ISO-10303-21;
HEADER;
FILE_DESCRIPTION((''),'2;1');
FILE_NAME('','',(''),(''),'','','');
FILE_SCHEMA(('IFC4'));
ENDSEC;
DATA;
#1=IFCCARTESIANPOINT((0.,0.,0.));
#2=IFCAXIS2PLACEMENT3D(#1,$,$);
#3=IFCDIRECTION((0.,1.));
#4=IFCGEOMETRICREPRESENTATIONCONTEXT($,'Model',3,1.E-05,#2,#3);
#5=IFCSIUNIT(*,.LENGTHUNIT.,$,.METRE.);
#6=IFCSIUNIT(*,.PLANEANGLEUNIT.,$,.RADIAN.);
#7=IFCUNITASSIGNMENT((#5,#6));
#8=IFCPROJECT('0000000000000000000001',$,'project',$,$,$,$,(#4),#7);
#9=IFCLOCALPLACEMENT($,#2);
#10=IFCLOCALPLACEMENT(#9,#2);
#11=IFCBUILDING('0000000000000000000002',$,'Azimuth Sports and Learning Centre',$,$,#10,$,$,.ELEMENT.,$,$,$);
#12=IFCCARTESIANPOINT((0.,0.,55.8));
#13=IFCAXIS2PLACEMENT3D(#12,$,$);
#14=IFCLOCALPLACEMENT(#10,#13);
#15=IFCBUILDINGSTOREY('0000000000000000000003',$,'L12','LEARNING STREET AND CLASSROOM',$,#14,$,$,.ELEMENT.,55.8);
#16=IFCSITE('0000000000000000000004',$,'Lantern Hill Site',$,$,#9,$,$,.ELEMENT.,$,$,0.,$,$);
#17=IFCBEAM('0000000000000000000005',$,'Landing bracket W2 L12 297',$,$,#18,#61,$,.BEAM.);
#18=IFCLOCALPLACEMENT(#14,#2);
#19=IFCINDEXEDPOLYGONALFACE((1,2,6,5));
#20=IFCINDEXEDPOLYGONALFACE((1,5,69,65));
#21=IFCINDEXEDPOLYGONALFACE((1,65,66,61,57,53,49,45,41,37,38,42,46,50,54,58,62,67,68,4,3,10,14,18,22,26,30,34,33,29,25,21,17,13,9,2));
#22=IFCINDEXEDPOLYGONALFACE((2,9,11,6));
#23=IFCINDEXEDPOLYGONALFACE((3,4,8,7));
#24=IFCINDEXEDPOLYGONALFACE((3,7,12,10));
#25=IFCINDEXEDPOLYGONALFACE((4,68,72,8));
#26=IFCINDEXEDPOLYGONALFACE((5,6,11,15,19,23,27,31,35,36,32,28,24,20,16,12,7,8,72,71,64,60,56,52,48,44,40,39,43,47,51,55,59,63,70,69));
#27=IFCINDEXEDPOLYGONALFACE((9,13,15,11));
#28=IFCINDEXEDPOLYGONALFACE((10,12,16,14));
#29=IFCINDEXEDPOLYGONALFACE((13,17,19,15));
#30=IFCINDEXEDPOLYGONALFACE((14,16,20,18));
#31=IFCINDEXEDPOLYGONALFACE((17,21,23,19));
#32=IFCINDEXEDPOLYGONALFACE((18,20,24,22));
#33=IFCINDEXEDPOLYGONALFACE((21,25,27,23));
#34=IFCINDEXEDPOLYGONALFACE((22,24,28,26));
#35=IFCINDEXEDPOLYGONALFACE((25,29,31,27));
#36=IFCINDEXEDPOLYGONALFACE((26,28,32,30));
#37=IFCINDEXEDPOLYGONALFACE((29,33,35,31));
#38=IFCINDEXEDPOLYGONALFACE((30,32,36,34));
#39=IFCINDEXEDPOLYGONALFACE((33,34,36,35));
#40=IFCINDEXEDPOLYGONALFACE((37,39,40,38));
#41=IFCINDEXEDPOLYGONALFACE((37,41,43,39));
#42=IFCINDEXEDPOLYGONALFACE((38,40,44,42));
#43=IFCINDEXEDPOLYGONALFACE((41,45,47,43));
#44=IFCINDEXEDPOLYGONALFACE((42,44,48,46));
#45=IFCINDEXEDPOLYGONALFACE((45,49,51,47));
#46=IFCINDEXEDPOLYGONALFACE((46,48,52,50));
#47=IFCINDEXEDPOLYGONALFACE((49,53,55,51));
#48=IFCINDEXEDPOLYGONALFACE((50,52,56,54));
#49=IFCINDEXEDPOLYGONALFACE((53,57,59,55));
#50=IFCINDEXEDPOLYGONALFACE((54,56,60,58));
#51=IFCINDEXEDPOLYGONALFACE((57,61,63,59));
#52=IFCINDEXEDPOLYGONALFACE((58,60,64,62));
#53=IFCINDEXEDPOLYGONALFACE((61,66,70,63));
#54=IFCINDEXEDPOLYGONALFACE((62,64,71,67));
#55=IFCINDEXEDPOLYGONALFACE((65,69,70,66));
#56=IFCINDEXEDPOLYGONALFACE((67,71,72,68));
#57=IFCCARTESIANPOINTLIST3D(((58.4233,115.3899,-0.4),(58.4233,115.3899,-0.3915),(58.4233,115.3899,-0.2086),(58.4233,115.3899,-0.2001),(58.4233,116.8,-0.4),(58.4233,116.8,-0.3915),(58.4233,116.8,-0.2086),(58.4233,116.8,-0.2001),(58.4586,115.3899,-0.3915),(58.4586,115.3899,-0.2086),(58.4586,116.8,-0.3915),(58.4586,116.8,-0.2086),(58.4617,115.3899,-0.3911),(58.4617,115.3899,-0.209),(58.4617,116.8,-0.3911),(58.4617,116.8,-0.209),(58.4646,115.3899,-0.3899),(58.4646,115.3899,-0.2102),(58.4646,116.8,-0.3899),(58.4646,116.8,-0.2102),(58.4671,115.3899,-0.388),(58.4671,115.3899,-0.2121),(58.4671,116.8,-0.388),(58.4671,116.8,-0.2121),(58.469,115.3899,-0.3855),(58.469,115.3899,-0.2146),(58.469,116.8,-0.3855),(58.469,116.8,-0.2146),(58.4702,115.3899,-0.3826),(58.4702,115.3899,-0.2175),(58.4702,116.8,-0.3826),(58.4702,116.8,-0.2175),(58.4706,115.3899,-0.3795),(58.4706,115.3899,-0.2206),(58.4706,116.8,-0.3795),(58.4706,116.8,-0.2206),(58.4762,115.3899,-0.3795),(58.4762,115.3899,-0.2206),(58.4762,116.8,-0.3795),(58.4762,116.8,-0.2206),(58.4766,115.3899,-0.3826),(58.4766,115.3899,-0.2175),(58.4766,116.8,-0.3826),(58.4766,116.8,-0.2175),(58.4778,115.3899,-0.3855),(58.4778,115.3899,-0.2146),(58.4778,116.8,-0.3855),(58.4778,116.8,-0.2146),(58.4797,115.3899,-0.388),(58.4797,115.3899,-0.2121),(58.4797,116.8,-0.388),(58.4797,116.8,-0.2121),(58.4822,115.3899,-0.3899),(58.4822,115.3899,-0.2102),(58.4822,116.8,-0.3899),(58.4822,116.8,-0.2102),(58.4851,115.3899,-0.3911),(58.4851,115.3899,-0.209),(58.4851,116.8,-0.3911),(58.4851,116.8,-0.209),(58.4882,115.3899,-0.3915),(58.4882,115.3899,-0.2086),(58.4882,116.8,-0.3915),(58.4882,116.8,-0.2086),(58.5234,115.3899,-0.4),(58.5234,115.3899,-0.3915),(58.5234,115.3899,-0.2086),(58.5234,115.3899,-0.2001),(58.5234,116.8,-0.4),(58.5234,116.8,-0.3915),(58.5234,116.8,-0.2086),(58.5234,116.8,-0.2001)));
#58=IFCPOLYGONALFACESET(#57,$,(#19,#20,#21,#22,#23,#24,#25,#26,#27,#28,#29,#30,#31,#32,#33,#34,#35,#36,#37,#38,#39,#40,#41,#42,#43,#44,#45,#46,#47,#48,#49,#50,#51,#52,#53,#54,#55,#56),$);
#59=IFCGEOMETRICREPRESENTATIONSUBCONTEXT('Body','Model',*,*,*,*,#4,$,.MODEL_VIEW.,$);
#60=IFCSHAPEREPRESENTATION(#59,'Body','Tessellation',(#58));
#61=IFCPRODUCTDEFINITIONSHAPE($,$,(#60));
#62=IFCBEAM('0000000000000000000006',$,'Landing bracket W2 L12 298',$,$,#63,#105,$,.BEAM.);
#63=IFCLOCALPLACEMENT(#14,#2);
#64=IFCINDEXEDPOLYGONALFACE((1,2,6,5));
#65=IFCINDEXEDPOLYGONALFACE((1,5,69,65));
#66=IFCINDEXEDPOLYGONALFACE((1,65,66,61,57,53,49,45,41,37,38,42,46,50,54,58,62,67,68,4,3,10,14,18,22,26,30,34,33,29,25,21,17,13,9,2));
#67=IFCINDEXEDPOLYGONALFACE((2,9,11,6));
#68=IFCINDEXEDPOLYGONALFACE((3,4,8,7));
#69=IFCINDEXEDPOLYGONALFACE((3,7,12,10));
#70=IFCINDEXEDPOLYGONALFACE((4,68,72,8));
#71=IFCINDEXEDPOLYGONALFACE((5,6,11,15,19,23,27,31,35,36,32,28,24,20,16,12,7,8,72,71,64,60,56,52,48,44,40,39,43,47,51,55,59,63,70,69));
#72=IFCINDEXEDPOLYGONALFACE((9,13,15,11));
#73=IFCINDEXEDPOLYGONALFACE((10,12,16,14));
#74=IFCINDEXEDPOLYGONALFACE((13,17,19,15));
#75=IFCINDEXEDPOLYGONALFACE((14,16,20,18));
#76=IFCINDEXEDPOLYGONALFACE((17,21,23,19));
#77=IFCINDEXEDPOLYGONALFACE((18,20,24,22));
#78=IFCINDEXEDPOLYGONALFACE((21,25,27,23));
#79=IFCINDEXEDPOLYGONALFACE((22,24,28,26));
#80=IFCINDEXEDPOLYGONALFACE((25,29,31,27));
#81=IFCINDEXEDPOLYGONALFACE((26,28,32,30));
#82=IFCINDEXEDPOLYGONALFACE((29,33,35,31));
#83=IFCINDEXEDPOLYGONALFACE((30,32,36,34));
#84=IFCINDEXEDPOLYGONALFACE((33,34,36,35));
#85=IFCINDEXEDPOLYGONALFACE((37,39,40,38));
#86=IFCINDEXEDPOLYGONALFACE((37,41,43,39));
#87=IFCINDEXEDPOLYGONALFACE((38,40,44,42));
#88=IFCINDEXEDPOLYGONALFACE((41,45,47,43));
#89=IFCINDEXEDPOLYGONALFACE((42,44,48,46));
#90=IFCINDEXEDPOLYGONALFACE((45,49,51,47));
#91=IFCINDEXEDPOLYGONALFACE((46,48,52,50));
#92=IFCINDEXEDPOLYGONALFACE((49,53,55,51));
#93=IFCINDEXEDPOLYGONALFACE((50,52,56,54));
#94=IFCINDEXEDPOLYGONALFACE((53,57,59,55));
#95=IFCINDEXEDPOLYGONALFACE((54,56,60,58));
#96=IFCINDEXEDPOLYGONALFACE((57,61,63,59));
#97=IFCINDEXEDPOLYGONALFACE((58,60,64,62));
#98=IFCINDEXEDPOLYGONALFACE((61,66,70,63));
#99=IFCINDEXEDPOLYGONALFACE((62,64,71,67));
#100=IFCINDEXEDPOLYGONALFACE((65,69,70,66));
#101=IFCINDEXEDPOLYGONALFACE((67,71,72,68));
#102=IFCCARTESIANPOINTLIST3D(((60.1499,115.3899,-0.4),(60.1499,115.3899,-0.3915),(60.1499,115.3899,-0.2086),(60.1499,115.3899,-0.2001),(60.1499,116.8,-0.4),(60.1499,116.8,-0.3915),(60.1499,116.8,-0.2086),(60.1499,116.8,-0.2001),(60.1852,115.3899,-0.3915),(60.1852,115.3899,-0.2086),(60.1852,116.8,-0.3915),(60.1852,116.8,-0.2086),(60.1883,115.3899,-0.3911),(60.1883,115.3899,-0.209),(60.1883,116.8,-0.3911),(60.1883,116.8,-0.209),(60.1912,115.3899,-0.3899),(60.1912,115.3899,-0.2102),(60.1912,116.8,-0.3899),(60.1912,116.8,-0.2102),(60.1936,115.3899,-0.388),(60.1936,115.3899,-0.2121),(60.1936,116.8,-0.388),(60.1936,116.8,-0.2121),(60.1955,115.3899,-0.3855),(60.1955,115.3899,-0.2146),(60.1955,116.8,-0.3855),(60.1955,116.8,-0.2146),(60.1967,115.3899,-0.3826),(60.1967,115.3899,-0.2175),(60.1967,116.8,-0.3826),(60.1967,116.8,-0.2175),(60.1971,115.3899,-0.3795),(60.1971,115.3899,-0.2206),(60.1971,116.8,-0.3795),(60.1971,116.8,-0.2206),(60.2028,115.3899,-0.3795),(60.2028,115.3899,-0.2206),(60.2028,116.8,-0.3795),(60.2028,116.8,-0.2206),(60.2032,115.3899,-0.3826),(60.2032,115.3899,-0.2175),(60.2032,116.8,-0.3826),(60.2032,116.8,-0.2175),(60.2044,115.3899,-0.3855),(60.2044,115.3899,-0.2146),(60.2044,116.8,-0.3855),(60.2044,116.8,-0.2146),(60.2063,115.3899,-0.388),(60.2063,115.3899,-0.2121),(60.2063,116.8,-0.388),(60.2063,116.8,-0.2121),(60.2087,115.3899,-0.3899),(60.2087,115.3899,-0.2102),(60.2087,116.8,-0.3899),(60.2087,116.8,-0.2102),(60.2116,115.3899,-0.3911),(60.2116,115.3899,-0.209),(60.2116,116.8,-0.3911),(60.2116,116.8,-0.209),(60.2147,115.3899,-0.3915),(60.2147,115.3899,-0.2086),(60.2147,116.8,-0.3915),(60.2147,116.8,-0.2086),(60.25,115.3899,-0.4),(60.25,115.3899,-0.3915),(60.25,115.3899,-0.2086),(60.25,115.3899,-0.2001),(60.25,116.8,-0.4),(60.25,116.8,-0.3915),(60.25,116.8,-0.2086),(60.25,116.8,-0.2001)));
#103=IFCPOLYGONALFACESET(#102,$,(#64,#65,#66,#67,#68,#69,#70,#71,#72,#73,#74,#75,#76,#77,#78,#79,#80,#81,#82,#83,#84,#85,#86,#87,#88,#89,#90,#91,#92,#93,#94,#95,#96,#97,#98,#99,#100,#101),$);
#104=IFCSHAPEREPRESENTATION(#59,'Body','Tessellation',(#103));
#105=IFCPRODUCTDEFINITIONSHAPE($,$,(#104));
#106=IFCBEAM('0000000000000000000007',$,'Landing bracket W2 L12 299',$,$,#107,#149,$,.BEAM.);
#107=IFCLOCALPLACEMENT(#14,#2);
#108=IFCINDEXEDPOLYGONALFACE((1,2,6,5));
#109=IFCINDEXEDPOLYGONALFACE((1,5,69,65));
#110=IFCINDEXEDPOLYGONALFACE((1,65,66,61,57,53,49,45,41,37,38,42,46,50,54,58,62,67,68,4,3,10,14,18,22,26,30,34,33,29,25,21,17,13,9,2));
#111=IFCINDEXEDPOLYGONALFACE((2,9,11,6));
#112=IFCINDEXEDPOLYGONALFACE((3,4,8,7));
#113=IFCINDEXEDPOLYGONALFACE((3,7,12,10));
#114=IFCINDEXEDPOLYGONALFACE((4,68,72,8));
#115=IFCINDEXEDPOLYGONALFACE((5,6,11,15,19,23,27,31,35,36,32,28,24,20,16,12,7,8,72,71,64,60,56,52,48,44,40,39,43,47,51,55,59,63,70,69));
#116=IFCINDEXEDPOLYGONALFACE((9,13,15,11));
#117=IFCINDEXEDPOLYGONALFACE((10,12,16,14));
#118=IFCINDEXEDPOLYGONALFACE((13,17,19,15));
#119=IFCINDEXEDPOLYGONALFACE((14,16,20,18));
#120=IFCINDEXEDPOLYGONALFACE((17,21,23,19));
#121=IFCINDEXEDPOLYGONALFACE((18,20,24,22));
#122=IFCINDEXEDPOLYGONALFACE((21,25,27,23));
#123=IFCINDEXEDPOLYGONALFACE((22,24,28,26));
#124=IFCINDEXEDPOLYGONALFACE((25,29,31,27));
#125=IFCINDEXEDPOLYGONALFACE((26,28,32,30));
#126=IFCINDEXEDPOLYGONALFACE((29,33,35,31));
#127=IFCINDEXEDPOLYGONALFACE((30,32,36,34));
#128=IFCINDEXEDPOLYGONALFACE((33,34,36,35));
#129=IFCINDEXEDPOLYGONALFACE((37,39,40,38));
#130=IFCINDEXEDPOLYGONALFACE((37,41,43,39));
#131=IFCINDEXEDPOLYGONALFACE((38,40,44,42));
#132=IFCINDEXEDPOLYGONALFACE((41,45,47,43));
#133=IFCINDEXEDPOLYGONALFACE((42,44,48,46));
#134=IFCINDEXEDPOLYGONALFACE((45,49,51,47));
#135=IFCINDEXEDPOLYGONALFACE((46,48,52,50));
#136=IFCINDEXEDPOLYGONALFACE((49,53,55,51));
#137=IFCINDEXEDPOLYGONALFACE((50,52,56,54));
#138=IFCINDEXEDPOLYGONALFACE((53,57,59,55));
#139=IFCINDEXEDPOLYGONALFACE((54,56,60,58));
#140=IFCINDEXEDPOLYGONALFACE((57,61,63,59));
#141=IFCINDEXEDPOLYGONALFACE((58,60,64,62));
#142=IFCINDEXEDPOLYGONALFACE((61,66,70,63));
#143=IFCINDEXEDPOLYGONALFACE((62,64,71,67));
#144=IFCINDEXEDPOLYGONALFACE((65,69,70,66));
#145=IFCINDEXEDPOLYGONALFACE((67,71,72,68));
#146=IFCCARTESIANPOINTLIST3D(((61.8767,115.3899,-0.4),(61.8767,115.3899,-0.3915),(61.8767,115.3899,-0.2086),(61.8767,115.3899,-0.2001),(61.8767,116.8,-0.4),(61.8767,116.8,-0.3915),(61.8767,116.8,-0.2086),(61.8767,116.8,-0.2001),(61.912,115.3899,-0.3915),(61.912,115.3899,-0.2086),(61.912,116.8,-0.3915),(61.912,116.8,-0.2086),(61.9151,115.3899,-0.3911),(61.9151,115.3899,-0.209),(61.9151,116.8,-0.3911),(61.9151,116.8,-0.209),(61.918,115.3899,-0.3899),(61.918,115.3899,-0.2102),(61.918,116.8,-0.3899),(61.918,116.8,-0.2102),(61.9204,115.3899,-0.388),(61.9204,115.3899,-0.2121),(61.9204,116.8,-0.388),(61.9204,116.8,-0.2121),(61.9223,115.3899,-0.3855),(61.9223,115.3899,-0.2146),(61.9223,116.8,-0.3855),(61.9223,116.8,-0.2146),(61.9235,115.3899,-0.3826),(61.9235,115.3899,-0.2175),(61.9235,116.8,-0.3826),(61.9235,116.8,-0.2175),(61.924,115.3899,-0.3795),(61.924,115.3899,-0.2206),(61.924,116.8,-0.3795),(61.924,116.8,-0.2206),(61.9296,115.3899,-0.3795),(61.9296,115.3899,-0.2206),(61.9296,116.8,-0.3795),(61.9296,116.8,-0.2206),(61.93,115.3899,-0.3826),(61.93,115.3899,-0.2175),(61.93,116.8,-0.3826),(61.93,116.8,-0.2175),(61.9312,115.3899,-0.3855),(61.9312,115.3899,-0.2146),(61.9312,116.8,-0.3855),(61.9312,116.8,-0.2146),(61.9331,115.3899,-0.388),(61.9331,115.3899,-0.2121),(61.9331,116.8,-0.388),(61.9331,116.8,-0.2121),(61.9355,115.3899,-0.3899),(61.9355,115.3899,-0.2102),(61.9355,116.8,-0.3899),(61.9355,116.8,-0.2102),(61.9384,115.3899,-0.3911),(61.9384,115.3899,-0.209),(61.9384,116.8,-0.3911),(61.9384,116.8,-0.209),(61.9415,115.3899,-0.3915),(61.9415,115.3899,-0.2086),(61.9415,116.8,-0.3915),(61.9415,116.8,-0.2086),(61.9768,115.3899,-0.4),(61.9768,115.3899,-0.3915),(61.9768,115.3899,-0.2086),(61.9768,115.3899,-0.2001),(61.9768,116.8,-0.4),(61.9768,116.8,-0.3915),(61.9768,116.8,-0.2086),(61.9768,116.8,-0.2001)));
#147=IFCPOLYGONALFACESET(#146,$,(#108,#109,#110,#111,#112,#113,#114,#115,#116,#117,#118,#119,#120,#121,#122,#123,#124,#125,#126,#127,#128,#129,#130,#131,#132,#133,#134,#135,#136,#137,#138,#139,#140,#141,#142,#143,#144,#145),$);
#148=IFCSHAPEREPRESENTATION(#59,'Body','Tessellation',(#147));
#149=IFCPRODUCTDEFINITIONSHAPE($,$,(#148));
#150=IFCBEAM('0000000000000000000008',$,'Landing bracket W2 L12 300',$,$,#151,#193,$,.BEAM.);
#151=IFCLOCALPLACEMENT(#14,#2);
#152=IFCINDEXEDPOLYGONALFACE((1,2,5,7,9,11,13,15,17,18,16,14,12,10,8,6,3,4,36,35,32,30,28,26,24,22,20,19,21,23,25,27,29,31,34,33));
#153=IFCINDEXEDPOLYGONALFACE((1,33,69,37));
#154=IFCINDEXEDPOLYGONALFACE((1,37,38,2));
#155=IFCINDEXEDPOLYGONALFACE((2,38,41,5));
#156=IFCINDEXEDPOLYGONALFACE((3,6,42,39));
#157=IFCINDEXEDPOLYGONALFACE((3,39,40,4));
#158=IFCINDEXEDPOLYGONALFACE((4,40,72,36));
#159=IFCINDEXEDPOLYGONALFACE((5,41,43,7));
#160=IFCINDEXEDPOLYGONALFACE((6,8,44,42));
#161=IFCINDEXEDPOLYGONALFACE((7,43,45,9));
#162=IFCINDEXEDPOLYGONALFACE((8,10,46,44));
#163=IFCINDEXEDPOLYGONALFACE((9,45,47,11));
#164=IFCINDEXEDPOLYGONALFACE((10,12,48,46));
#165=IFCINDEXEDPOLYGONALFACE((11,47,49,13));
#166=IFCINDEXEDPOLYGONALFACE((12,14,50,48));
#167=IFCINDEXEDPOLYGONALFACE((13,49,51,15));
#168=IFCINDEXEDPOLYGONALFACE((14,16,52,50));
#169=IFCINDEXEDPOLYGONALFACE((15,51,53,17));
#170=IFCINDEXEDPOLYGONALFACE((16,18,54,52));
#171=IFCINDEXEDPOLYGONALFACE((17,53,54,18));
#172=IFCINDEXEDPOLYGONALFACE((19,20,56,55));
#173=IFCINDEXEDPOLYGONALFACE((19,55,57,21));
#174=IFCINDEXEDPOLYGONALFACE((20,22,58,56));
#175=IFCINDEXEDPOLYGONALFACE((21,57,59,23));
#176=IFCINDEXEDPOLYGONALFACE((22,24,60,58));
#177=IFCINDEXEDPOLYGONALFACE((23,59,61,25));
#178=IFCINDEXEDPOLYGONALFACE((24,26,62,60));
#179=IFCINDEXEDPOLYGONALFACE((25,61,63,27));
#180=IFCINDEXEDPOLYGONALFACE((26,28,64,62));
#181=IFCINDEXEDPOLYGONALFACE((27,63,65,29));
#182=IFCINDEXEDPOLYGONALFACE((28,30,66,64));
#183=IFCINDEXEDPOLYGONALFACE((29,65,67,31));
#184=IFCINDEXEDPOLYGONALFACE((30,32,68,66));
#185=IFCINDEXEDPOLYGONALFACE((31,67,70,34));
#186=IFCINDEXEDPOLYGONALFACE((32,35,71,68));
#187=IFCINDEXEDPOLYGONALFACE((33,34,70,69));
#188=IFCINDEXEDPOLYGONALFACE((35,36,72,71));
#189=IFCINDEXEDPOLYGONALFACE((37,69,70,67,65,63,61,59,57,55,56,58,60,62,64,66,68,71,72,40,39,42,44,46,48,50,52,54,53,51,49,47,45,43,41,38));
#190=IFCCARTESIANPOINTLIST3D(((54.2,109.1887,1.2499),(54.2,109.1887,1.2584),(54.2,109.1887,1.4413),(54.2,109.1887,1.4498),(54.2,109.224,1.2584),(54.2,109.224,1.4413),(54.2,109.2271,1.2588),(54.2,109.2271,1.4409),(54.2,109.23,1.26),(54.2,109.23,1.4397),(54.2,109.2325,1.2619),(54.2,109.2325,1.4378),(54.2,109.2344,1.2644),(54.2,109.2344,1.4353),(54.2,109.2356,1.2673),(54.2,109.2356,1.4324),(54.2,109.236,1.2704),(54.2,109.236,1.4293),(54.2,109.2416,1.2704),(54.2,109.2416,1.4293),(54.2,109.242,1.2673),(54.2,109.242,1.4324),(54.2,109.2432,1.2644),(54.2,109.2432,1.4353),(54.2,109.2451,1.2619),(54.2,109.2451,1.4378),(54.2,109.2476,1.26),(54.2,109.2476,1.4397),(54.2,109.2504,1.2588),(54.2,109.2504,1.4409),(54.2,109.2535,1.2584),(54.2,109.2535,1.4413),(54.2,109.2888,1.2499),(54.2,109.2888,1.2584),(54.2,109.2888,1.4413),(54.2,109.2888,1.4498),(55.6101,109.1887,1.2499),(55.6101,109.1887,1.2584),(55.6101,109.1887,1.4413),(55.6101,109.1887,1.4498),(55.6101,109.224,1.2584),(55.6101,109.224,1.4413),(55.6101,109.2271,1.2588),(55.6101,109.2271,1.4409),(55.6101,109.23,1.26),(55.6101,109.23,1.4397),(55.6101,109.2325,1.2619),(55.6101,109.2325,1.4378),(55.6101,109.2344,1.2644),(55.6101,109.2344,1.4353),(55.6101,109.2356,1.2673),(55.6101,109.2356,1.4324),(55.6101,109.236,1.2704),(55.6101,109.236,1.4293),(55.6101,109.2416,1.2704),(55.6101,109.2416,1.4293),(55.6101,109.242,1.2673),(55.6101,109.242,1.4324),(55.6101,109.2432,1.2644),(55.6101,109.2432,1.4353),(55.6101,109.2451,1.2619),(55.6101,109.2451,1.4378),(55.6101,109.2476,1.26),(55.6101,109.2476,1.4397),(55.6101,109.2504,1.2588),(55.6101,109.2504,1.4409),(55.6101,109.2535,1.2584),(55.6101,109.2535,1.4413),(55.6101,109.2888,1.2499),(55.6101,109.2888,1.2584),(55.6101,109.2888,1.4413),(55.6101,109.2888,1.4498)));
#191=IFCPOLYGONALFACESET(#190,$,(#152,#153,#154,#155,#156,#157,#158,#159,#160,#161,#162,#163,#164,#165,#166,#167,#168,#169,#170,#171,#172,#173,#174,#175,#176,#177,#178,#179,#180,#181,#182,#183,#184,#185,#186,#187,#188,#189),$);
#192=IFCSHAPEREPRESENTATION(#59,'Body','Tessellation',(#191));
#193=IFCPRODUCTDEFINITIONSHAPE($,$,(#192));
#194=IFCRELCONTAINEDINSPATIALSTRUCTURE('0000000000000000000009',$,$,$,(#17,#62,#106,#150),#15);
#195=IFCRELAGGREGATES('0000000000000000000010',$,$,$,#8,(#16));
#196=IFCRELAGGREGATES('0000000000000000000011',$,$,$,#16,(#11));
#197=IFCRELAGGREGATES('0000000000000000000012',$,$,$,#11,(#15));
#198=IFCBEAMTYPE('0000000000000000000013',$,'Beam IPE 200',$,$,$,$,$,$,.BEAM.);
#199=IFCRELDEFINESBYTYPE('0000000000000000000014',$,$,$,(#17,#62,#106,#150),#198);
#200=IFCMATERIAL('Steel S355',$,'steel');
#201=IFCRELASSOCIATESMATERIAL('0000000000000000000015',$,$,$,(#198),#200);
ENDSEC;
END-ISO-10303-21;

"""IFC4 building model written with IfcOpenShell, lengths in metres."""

from ifc_helpers import new_model, si_unit, direction, frame, origin, origin_2d, place, context, subcontext, project, spatial, i_section, extrude, material, material_profile, profile_set, type_object, element, save


model = new_model("IFC4")

# Units and contexts
model_context = context("Model", 3, precision=1e-05, world=origin(), true_north=direction((0.0, 1.0)))
body_context = subcontext(model_context, "Body", "Model", "MODEL_VIEW")
ifc_project = project(units=[si_unit("LENGTHUNIT", "METRE"), si_unit("PLANEANGLEUNIT", "RADIAN")], contexts=[model_context])

# Site, building, storey
site_placement = place(None, origin())
site = spatial("IfcSite", under=ifc_project, at=site_placement, Name="Lantern Hill Site", CompositionType="ELEMENT", RefElevation=0.0)
building_placement = place(site_placement, origin())
building = spatial("IfcBuilding", under=site, at=building_placement, Name="Azimuth Sports and Learning Centre", CompositionType="ELEMENT")
storey_placement = place(building_placement, frame((0.0, 0.0, 55.8)))
storey = spatial("IfcBuildingStorey", under=building, at=storey_placement, Name="L12", Description="LEARNING STREET AND CLASSROOM", CompositionType="ELEMENT", Elevation=55.8)

# Beams
ifc_material_1 = material(Name="Steel S355", Category="steel")
ifc_material_profile_1 = material_profile(ifc_material_1, i_section(OverallWidth=0.1001, OverallDepth=0.2, WebThickness=0.0056, FlangeThickness=0.0085, FilletRadius=0.012, at=origin_2d()), Name="IPE 200")
ifc_profile_set_1 = profile_set([ifc_material_profile_1], Name="Steel S355")
beam_type_1 = type_object("IfcBeamType", Name="Beam IPE 200", PredefinedType="BEAM", material=ifc_profile_set_1)
for number, where, z_axis, x_axis, name in (
    (1, (58.4734, 116.8, -0.3), (0.0, -1.0, 0.0), (1.0, 0.0, 0.0), "Landing bracket W2 L12 297"),
    (2, (60.2, 116.8, -0.3), (0.0, -1.0, 0.0), (1.0, 0.0, 0.0), "Landing bracket W2 L12 298"),
    (3, (61.9268, 116.8, -0.3), (0.0, -1.0, 0.0), (1.0, 0.0, 0.0), "Landing bracket W2 L12 299"),
    (4, (54.2, 109.2388, 1.3499), (1.0, 0.0, 0.0), (0.0, 1.0, 0.0), "Landing bracket W2 L12 300"),
):
    element("IfcBeam", number, at=place(storey_placement, frame(where, z_axis=z_axis, x_axis=x_axis)), inside=storey, type_object=beam_type_1, Name=name, PredefinedType="BEAM", context=body_context, shape_type="SweptSolid", body=[
        extrude(i_section(OverallWidth=0.1001, OverallDepth=0.2, WebThickness=0.0056, FlangeThickness=0.0085, FilletRadius=0.012, at=origin_2d()), origin(), (0.0, 0.0, 1.0), 1.4102),
    ])

save(model, "model.ifc")
